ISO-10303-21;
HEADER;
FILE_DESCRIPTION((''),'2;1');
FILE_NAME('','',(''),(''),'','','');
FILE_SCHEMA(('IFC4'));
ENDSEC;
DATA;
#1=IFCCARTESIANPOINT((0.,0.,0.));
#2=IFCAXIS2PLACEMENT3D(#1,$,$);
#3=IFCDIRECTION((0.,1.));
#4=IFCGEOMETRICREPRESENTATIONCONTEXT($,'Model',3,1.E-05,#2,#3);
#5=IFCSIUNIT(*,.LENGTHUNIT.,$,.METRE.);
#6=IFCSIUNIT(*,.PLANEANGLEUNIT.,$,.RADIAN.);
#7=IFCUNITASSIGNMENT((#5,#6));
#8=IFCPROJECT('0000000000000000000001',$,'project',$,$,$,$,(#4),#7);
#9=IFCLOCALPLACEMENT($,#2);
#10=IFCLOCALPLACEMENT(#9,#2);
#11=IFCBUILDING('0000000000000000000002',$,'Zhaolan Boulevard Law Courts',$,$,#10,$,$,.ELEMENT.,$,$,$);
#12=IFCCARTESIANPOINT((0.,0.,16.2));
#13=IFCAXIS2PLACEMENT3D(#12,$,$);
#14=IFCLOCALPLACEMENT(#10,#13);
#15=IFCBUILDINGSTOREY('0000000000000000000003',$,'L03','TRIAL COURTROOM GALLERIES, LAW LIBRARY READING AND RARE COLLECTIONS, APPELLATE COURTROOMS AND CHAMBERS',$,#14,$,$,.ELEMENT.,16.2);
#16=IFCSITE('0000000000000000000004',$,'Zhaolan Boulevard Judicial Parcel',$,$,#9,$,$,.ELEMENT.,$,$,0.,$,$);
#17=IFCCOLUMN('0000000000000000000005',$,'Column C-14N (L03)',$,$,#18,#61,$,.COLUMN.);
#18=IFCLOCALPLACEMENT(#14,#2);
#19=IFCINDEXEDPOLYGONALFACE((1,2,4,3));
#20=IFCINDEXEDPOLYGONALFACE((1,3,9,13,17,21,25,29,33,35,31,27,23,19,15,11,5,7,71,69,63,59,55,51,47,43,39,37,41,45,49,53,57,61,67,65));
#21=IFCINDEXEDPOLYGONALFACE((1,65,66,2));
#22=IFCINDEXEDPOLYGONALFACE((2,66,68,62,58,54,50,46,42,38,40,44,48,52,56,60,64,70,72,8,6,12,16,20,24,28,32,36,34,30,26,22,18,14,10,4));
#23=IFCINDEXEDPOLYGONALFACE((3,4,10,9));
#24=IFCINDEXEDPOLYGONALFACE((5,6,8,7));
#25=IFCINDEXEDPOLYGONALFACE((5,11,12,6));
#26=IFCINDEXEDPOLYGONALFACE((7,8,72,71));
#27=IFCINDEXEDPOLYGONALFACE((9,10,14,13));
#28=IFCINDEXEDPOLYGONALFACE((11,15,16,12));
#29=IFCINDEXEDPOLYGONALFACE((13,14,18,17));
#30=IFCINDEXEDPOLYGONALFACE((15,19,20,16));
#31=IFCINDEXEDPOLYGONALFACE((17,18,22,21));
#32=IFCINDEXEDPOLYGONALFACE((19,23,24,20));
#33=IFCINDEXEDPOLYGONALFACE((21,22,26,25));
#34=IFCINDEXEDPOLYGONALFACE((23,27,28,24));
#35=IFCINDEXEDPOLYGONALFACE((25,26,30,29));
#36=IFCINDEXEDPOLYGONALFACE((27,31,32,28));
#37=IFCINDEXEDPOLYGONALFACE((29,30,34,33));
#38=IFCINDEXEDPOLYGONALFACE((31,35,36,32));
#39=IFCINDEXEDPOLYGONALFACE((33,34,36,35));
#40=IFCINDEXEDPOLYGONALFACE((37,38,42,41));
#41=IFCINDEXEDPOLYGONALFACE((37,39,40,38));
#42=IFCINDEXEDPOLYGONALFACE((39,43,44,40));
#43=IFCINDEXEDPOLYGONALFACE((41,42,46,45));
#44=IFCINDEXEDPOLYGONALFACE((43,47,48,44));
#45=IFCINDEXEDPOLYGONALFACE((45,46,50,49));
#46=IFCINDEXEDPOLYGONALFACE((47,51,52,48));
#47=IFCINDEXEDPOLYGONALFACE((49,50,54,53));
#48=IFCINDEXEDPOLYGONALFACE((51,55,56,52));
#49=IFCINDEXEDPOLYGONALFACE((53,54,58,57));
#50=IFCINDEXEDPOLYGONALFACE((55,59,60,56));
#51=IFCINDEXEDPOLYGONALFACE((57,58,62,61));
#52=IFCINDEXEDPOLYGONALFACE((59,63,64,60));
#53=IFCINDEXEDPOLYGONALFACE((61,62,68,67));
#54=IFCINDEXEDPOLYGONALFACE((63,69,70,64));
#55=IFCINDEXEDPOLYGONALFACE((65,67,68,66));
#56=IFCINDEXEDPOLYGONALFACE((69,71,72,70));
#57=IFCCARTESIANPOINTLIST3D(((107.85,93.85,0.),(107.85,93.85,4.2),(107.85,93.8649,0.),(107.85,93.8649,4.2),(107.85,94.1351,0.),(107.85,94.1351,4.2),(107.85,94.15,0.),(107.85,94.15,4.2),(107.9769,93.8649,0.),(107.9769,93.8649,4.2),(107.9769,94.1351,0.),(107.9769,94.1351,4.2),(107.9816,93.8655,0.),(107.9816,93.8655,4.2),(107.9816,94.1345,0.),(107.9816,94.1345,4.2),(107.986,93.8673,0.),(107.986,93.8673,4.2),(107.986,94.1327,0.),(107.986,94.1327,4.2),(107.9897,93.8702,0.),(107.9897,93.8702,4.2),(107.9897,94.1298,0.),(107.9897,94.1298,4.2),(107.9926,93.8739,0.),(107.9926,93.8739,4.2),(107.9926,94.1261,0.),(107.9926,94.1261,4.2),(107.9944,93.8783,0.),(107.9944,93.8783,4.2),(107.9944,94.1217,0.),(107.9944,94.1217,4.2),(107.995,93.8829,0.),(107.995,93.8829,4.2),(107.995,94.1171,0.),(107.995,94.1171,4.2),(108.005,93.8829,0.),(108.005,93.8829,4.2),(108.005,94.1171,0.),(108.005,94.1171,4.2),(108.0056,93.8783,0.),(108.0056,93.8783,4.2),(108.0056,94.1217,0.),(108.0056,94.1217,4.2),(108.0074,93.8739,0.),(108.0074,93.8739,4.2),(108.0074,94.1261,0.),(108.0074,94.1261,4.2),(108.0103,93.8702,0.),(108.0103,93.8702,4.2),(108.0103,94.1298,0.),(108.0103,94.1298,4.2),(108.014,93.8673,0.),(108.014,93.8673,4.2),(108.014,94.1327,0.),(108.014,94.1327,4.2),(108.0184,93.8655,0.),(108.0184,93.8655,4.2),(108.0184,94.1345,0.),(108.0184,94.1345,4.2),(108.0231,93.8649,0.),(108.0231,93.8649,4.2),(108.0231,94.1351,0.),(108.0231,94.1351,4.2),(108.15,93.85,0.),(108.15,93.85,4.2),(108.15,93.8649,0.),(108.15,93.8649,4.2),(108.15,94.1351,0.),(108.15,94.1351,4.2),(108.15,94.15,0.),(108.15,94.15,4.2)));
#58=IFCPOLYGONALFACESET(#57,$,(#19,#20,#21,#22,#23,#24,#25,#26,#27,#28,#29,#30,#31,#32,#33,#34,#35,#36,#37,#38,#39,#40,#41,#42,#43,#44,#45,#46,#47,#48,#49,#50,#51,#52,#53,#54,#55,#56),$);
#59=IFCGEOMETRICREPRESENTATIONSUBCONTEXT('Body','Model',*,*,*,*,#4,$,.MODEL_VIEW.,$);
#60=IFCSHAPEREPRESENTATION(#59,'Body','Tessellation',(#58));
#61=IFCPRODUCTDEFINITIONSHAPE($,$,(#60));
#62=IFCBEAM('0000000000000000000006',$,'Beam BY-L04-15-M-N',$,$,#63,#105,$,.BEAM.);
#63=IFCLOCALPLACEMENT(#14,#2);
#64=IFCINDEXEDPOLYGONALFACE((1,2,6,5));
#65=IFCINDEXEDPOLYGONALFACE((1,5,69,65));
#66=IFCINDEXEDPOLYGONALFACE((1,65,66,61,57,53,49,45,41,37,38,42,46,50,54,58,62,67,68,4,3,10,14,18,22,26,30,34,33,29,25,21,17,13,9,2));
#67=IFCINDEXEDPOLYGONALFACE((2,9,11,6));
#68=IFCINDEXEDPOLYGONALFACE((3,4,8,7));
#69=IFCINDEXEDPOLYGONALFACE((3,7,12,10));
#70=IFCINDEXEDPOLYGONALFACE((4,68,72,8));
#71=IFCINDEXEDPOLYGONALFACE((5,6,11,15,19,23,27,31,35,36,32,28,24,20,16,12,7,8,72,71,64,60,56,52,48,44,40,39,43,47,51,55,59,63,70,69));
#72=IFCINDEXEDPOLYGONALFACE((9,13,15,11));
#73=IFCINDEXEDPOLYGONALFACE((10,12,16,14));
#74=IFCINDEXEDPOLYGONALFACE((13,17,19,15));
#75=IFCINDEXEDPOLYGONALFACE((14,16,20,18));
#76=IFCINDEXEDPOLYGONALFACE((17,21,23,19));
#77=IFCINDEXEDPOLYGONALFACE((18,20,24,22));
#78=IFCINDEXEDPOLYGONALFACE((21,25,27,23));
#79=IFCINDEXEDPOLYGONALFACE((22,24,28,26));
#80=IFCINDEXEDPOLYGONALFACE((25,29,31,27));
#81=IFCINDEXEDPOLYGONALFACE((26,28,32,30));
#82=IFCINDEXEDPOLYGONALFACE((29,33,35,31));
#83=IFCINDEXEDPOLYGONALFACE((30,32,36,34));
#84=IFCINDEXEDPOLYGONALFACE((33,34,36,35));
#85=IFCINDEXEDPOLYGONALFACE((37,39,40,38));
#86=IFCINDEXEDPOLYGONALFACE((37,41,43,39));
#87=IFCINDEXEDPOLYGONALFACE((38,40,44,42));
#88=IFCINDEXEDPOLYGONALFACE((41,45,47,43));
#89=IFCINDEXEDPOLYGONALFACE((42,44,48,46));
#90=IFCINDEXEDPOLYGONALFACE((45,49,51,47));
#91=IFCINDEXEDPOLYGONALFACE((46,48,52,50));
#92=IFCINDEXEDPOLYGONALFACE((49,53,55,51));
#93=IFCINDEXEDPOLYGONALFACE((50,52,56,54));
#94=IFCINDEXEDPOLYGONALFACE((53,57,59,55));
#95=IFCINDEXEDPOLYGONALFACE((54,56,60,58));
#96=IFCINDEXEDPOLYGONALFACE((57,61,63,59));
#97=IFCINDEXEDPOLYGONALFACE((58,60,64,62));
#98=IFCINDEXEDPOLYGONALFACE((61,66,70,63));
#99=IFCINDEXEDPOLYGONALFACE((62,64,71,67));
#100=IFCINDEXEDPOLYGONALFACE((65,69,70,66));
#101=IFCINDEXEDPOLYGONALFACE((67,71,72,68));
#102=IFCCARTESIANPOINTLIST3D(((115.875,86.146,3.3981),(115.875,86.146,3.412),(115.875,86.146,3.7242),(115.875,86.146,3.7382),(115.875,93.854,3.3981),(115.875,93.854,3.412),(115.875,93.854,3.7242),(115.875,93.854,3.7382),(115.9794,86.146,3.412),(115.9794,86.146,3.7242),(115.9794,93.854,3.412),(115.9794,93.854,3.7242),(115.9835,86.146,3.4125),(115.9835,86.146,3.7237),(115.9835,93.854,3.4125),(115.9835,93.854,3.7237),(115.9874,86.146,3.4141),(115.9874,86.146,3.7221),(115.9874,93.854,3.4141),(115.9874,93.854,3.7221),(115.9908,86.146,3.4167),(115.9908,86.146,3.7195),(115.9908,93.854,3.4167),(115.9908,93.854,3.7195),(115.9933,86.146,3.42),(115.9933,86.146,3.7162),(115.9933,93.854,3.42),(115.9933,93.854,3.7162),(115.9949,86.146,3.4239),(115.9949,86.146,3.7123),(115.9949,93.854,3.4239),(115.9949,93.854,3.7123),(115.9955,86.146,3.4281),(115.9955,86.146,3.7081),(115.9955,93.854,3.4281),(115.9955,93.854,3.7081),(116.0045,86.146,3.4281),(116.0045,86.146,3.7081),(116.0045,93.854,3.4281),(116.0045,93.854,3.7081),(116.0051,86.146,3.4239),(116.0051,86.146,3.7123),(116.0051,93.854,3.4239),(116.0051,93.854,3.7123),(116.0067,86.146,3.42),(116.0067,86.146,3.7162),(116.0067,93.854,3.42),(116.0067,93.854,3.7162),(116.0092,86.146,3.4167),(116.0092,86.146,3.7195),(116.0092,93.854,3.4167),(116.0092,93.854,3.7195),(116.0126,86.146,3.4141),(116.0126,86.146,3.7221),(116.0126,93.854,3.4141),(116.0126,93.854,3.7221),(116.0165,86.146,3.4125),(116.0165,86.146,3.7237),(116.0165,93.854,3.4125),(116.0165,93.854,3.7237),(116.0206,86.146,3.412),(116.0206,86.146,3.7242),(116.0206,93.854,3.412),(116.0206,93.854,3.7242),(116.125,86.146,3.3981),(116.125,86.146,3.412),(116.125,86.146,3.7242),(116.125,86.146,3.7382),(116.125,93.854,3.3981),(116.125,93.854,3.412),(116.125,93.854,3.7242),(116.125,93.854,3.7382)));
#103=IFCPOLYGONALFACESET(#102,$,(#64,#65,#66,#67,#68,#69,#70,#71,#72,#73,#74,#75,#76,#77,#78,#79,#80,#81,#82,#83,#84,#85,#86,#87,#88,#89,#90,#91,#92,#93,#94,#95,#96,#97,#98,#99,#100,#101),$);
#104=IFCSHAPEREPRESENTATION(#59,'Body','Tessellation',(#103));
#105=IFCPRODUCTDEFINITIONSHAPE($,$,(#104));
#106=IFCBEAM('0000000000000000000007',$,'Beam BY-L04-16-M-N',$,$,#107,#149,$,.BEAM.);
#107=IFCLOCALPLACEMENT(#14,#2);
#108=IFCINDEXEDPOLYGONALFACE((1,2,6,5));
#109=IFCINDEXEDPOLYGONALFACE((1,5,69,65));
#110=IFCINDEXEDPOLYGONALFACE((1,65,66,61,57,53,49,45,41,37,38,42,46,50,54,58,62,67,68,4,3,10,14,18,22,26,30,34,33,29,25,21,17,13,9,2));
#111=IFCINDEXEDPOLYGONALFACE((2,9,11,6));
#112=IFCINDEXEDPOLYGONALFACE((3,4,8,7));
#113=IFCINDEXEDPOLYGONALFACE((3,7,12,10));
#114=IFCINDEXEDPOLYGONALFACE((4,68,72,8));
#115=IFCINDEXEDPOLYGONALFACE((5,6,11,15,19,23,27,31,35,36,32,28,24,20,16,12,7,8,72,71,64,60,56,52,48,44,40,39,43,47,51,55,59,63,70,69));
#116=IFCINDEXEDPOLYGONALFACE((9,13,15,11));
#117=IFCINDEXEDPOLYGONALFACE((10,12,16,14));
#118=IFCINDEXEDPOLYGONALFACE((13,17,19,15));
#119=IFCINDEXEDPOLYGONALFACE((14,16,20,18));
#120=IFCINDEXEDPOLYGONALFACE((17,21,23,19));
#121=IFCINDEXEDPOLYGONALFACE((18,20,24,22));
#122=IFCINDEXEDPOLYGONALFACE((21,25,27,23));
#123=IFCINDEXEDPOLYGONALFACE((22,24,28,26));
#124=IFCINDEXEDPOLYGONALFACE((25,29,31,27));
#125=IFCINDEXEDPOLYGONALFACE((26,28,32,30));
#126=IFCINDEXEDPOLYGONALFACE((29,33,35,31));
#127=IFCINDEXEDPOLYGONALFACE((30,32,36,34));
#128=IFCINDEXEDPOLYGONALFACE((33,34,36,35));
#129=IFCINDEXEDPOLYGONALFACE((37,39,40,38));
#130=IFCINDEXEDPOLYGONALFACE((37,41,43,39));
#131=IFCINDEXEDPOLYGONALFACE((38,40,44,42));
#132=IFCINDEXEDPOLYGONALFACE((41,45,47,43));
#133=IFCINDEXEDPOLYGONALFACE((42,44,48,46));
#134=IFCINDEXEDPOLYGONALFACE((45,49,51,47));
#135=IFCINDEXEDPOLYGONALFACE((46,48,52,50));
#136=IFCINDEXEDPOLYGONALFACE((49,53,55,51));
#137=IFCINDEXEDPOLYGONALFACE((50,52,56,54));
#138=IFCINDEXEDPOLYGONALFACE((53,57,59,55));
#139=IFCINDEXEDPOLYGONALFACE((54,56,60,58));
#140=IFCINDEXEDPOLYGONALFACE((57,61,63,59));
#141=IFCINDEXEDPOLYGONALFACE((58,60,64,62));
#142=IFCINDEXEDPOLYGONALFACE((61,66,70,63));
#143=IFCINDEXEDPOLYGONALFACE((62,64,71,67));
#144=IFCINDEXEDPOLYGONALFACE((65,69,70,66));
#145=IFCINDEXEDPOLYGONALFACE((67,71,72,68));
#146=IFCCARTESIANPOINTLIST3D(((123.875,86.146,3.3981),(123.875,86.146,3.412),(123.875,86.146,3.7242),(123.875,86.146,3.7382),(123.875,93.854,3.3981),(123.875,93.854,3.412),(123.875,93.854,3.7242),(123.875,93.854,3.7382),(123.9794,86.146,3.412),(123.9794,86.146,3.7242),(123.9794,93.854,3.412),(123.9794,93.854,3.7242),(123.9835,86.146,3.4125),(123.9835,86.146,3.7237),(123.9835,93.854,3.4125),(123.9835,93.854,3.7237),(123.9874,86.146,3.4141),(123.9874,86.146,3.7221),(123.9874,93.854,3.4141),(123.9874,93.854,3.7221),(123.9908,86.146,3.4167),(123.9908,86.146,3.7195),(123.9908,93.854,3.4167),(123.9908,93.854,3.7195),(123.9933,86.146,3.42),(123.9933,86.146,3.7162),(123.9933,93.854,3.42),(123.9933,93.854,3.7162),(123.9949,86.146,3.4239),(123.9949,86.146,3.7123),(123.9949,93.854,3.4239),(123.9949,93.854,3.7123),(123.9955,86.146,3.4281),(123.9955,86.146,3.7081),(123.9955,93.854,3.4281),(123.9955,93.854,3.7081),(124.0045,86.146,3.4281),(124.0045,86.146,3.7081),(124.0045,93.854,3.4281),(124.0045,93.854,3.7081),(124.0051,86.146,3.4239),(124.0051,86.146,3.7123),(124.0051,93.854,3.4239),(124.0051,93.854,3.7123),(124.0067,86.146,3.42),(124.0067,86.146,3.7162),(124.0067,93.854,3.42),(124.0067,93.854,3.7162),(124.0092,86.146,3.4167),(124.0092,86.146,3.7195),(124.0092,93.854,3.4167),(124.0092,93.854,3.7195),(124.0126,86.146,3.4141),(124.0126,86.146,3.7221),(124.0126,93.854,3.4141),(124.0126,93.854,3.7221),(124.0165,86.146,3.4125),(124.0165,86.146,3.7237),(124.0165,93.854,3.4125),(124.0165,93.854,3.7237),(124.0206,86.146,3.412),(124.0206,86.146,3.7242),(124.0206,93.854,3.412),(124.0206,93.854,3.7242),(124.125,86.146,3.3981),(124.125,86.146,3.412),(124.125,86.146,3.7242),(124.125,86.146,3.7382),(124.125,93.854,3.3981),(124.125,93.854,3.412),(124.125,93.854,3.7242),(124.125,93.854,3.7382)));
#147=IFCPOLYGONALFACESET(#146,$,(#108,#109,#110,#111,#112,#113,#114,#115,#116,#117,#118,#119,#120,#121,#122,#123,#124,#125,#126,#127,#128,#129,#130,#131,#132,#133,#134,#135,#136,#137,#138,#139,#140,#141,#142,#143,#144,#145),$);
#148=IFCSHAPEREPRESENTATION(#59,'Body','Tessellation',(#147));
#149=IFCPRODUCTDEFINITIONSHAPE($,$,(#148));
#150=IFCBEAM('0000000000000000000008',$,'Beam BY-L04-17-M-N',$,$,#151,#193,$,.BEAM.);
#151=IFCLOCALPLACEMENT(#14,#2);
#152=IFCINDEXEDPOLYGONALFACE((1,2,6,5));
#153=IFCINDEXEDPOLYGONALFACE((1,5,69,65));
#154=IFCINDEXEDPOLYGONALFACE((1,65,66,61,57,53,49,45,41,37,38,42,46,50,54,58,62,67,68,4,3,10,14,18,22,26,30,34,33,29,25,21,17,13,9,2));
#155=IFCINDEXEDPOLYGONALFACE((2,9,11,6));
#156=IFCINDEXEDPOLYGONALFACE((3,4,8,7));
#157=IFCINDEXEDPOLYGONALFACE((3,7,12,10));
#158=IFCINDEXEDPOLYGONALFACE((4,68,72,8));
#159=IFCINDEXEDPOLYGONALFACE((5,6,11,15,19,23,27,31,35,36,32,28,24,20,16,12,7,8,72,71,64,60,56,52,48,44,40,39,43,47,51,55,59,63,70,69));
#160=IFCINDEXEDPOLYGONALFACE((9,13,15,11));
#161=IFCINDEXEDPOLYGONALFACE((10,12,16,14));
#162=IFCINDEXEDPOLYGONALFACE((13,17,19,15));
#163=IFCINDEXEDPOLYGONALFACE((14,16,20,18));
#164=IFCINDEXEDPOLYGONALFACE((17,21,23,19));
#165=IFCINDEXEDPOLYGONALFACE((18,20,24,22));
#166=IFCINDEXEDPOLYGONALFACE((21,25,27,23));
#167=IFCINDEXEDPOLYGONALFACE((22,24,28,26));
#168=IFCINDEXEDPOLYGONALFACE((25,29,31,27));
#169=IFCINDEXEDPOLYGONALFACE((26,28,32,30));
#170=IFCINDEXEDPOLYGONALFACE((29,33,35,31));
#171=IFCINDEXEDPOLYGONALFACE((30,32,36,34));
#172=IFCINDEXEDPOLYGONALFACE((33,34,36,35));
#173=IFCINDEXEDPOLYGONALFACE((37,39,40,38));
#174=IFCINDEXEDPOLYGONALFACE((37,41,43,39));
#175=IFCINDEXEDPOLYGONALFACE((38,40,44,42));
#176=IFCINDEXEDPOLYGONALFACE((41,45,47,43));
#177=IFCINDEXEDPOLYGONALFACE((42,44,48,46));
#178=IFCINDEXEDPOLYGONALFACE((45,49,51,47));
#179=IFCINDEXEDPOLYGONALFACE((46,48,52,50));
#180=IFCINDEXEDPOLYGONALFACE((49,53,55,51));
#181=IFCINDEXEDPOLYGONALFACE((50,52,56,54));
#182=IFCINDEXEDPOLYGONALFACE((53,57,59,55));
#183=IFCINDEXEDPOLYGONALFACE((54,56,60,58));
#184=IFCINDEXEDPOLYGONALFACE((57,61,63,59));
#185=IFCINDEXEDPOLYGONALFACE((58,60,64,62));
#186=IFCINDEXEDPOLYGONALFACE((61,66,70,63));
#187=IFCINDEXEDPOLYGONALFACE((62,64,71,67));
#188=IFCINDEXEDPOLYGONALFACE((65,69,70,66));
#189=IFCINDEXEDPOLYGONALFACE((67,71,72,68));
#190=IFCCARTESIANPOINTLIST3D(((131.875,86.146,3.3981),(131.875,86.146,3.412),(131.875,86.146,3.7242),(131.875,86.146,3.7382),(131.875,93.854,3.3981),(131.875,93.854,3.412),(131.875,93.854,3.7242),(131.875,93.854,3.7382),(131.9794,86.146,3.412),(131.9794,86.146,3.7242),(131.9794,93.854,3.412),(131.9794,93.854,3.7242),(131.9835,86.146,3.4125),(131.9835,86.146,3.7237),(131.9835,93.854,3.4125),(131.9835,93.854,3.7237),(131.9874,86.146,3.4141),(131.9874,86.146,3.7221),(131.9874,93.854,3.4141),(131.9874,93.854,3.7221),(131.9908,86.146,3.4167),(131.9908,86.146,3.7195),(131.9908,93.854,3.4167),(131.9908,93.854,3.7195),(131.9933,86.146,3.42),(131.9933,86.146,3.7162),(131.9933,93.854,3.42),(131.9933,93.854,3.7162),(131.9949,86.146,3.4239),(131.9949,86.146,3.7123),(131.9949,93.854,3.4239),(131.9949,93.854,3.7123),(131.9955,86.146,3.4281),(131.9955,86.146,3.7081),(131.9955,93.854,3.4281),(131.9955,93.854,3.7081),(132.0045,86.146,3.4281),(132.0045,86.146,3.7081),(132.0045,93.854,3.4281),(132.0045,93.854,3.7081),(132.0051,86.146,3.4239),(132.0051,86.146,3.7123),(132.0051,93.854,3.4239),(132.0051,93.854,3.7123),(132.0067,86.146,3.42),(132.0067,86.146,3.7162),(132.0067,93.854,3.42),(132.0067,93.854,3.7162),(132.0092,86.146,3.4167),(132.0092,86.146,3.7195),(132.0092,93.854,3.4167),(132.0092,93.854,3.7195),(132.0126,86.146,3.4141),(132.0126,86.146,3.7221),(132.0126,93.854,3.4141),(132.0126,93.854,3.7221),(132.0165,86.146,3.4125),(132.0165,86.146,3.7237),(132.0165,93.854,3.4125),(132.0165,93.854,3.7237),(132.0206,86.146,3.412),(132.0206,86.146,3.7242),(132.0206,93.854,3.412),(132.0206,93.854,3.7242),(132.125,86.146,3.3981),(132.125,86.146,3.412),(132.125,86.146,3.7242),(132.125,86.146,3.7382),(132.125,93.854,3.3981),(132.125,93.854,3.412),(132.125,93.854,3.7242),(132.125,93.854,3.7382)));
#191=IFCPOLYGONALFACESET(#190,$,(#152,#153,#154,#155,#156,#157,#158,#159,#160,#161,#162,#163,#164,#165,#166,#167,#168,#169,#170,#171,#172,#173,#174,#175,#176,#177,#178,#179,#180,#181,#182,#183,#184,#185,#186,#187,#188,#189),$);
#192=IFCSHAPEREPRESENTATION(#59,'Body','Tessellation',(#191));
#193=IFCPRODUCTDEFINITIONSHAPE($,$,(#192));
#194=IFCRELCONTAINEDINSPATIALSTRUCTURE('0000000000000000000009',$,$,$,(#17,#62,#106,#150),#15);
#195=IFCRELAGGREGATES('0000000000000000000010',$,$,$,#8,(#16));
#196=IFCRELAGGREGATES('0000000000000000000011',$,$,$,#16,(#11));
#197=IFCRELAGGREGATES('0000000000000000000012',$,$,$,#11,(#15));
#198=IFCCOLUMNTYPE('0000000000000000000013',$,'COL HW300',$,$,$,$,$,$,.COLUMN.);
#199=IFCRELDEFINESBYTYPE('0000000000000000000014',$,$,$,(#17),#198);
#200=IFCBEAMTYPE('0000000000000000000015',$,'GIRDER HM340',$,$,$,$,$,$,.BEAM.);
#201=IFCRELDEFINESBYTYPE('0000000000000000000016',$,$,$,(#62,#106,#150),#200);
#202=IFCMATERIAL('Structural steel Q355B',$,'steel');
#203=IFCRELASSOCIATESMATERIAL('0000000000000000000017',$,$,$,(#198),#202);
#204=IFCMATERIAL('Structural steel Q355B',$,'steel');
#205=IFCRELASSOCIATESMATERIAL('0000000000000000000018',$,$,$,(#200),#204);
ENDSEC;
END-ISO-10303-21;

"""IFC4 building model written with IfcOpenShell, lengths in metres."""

from ifc_helpers import new_model, si_unit, direction, frame, origin, origin_2d, place, context, subcontext, project, spatial, i_section, extrude, material, material_profile, profile_set, type_object, element, save


model = new_model("IFC4")

# Units and contexts
model_context = context("Model", 3, precision=1e-05, world=origin(), true_north=direction((0.0, 1.0)))
body_context = subcontext(model_context, "Body", "Model", "MODEL_VIEW")
ifc_project = project(units=[si_unit("LENGTHUNIT", "METRE"), si_unit("PLANEANGLEUNIT", "RADIAN")], contexts=[model_context])

# Site, building, storey
site_placement = place(None, origin())
site = spatial("IfcSite", under=ifc_project, at=site_placement, Name="Zhaolan Boulevard Judicial Parcel", CompositionType="ELEMENT", RefElevation=0.0)
building_placement = place(site_placement, origin())
building = spatial("IfcBuilding", under=site, at=building_placement, Name="Zhaolan Boulevard Law Courts", CompositionType="ELEMENT")
storey_placement = place(building_placement, frame((0.0, 0.0, 16.2)))
storey = spatial("IfcBuildingStorey", under=building, at=storey_placement, Name="L03", Description="TRIAL COURTROOM GALLERIES, LAW LIBRARY READING AND RARE COLLECTIONS, APPELLATE COURTROOMS AND CHAMBERS", CompositionType="ELEMENT", Elevation=16.2)

# Column
ifc_material_1 = material(Name="Structural steel Q355B", Category="steel")
ifc_material_profile_1 = material_profile(ifc_material_1, i_section(OverallWidth=0.3, OverallDepth=0.3, WebThickness=0.01, FlangeThickness=0.0149, FilletRadius=0.0181, at=origin_2d()), Name="HW300x300")
ifc_profile_set_1 = profile_set([ifc_material_profile_1], Name="Structural steel Q355B")
column_type = type_object("IfcColumnType", Name="COL HW300", PredefinedType="COLUMN", material=ifc_profile_set_1)
column_placement = place(storey_placement, frame((108.0, 94.0, 0.0), z_axis=(0.0, 0.0, 1.0), x_axis=(1.0, 0.0, 0.0)))
element("IfcColumn", 1, at=column_placement, inside=storey, type_object=column_type, Name="Column C-14N (L03)", PredefinedType="COLUMN", context=body_context, shape_type="SweptSolid", body=[
    extrude(i_section(OverallWidth=0.3, OverallDepth=0.3, WebThickness=0.01, FlangeThickness=0.0149, FilletRadius=0.0181, at=origin_2d()), origin(), (0.0, 0.0, 1.0), 4.2),
])

# Beams
ifc_material_2 = material(Name="Structural steel Q355B", Category="steel")
ifc_material_profile_2 = material_profile(ifc_material_2, i_section(OverallWidth=0.25, OverallDepth=0.3401, WebThickness=0.009, FlangeThickness=0.0139, FilletRadius=0.0161, at=origin_2d()), Name="HM340x250")
ifc_profile_set_2 = profile_set([ifc_material_profile_2], Name="Structural steel Q355B")
beam_type_1 = type_object("IfcBeamType", Name="GIRDER HM340", PredefinedType="BEAM", material=ifc_profile_set_2)
for number, where, z_axis, x_axis, name in (
    (2, (116.0, 86.146, 3.5681), (0.0, 1.0, 0.0), (-1.0, 0.0, 0.0), "Beam BY-L04-15-M-N"),
    (3, (124.0, 86.146, 3.5681), (0.0, 1.0, 0.0), (-1.0, 0.0, 0.0), "Beam BY-L04-16-M-N"),
    (4, (132.0, 86.146, 3.5681), (0.0, 1.0, 0.0), (-1.0, 0.0, 0.0), "Beam BY-L04-17-M-N"),
):
    element("IfcBeam", number, at=place(storey_placement, frame(where, z_axis=z_axis, x_axis=x_axis)), inside=storey, type_object=beam_type_1, Name=name, PredefinedType="BEAM", context=body_context, shape_type="SweptSolid", body=[
        extrude(i_section(OverallWidth=0.25, OverallDepth=0.3401, WebThickness=0.009, FlangeThickness=0.0139, FilletRadius=0.0161, at=origin_2d()), origin(), (0.0, 0.0, 1.0), 7.708),
    ])

save(model, "model.ifc")
